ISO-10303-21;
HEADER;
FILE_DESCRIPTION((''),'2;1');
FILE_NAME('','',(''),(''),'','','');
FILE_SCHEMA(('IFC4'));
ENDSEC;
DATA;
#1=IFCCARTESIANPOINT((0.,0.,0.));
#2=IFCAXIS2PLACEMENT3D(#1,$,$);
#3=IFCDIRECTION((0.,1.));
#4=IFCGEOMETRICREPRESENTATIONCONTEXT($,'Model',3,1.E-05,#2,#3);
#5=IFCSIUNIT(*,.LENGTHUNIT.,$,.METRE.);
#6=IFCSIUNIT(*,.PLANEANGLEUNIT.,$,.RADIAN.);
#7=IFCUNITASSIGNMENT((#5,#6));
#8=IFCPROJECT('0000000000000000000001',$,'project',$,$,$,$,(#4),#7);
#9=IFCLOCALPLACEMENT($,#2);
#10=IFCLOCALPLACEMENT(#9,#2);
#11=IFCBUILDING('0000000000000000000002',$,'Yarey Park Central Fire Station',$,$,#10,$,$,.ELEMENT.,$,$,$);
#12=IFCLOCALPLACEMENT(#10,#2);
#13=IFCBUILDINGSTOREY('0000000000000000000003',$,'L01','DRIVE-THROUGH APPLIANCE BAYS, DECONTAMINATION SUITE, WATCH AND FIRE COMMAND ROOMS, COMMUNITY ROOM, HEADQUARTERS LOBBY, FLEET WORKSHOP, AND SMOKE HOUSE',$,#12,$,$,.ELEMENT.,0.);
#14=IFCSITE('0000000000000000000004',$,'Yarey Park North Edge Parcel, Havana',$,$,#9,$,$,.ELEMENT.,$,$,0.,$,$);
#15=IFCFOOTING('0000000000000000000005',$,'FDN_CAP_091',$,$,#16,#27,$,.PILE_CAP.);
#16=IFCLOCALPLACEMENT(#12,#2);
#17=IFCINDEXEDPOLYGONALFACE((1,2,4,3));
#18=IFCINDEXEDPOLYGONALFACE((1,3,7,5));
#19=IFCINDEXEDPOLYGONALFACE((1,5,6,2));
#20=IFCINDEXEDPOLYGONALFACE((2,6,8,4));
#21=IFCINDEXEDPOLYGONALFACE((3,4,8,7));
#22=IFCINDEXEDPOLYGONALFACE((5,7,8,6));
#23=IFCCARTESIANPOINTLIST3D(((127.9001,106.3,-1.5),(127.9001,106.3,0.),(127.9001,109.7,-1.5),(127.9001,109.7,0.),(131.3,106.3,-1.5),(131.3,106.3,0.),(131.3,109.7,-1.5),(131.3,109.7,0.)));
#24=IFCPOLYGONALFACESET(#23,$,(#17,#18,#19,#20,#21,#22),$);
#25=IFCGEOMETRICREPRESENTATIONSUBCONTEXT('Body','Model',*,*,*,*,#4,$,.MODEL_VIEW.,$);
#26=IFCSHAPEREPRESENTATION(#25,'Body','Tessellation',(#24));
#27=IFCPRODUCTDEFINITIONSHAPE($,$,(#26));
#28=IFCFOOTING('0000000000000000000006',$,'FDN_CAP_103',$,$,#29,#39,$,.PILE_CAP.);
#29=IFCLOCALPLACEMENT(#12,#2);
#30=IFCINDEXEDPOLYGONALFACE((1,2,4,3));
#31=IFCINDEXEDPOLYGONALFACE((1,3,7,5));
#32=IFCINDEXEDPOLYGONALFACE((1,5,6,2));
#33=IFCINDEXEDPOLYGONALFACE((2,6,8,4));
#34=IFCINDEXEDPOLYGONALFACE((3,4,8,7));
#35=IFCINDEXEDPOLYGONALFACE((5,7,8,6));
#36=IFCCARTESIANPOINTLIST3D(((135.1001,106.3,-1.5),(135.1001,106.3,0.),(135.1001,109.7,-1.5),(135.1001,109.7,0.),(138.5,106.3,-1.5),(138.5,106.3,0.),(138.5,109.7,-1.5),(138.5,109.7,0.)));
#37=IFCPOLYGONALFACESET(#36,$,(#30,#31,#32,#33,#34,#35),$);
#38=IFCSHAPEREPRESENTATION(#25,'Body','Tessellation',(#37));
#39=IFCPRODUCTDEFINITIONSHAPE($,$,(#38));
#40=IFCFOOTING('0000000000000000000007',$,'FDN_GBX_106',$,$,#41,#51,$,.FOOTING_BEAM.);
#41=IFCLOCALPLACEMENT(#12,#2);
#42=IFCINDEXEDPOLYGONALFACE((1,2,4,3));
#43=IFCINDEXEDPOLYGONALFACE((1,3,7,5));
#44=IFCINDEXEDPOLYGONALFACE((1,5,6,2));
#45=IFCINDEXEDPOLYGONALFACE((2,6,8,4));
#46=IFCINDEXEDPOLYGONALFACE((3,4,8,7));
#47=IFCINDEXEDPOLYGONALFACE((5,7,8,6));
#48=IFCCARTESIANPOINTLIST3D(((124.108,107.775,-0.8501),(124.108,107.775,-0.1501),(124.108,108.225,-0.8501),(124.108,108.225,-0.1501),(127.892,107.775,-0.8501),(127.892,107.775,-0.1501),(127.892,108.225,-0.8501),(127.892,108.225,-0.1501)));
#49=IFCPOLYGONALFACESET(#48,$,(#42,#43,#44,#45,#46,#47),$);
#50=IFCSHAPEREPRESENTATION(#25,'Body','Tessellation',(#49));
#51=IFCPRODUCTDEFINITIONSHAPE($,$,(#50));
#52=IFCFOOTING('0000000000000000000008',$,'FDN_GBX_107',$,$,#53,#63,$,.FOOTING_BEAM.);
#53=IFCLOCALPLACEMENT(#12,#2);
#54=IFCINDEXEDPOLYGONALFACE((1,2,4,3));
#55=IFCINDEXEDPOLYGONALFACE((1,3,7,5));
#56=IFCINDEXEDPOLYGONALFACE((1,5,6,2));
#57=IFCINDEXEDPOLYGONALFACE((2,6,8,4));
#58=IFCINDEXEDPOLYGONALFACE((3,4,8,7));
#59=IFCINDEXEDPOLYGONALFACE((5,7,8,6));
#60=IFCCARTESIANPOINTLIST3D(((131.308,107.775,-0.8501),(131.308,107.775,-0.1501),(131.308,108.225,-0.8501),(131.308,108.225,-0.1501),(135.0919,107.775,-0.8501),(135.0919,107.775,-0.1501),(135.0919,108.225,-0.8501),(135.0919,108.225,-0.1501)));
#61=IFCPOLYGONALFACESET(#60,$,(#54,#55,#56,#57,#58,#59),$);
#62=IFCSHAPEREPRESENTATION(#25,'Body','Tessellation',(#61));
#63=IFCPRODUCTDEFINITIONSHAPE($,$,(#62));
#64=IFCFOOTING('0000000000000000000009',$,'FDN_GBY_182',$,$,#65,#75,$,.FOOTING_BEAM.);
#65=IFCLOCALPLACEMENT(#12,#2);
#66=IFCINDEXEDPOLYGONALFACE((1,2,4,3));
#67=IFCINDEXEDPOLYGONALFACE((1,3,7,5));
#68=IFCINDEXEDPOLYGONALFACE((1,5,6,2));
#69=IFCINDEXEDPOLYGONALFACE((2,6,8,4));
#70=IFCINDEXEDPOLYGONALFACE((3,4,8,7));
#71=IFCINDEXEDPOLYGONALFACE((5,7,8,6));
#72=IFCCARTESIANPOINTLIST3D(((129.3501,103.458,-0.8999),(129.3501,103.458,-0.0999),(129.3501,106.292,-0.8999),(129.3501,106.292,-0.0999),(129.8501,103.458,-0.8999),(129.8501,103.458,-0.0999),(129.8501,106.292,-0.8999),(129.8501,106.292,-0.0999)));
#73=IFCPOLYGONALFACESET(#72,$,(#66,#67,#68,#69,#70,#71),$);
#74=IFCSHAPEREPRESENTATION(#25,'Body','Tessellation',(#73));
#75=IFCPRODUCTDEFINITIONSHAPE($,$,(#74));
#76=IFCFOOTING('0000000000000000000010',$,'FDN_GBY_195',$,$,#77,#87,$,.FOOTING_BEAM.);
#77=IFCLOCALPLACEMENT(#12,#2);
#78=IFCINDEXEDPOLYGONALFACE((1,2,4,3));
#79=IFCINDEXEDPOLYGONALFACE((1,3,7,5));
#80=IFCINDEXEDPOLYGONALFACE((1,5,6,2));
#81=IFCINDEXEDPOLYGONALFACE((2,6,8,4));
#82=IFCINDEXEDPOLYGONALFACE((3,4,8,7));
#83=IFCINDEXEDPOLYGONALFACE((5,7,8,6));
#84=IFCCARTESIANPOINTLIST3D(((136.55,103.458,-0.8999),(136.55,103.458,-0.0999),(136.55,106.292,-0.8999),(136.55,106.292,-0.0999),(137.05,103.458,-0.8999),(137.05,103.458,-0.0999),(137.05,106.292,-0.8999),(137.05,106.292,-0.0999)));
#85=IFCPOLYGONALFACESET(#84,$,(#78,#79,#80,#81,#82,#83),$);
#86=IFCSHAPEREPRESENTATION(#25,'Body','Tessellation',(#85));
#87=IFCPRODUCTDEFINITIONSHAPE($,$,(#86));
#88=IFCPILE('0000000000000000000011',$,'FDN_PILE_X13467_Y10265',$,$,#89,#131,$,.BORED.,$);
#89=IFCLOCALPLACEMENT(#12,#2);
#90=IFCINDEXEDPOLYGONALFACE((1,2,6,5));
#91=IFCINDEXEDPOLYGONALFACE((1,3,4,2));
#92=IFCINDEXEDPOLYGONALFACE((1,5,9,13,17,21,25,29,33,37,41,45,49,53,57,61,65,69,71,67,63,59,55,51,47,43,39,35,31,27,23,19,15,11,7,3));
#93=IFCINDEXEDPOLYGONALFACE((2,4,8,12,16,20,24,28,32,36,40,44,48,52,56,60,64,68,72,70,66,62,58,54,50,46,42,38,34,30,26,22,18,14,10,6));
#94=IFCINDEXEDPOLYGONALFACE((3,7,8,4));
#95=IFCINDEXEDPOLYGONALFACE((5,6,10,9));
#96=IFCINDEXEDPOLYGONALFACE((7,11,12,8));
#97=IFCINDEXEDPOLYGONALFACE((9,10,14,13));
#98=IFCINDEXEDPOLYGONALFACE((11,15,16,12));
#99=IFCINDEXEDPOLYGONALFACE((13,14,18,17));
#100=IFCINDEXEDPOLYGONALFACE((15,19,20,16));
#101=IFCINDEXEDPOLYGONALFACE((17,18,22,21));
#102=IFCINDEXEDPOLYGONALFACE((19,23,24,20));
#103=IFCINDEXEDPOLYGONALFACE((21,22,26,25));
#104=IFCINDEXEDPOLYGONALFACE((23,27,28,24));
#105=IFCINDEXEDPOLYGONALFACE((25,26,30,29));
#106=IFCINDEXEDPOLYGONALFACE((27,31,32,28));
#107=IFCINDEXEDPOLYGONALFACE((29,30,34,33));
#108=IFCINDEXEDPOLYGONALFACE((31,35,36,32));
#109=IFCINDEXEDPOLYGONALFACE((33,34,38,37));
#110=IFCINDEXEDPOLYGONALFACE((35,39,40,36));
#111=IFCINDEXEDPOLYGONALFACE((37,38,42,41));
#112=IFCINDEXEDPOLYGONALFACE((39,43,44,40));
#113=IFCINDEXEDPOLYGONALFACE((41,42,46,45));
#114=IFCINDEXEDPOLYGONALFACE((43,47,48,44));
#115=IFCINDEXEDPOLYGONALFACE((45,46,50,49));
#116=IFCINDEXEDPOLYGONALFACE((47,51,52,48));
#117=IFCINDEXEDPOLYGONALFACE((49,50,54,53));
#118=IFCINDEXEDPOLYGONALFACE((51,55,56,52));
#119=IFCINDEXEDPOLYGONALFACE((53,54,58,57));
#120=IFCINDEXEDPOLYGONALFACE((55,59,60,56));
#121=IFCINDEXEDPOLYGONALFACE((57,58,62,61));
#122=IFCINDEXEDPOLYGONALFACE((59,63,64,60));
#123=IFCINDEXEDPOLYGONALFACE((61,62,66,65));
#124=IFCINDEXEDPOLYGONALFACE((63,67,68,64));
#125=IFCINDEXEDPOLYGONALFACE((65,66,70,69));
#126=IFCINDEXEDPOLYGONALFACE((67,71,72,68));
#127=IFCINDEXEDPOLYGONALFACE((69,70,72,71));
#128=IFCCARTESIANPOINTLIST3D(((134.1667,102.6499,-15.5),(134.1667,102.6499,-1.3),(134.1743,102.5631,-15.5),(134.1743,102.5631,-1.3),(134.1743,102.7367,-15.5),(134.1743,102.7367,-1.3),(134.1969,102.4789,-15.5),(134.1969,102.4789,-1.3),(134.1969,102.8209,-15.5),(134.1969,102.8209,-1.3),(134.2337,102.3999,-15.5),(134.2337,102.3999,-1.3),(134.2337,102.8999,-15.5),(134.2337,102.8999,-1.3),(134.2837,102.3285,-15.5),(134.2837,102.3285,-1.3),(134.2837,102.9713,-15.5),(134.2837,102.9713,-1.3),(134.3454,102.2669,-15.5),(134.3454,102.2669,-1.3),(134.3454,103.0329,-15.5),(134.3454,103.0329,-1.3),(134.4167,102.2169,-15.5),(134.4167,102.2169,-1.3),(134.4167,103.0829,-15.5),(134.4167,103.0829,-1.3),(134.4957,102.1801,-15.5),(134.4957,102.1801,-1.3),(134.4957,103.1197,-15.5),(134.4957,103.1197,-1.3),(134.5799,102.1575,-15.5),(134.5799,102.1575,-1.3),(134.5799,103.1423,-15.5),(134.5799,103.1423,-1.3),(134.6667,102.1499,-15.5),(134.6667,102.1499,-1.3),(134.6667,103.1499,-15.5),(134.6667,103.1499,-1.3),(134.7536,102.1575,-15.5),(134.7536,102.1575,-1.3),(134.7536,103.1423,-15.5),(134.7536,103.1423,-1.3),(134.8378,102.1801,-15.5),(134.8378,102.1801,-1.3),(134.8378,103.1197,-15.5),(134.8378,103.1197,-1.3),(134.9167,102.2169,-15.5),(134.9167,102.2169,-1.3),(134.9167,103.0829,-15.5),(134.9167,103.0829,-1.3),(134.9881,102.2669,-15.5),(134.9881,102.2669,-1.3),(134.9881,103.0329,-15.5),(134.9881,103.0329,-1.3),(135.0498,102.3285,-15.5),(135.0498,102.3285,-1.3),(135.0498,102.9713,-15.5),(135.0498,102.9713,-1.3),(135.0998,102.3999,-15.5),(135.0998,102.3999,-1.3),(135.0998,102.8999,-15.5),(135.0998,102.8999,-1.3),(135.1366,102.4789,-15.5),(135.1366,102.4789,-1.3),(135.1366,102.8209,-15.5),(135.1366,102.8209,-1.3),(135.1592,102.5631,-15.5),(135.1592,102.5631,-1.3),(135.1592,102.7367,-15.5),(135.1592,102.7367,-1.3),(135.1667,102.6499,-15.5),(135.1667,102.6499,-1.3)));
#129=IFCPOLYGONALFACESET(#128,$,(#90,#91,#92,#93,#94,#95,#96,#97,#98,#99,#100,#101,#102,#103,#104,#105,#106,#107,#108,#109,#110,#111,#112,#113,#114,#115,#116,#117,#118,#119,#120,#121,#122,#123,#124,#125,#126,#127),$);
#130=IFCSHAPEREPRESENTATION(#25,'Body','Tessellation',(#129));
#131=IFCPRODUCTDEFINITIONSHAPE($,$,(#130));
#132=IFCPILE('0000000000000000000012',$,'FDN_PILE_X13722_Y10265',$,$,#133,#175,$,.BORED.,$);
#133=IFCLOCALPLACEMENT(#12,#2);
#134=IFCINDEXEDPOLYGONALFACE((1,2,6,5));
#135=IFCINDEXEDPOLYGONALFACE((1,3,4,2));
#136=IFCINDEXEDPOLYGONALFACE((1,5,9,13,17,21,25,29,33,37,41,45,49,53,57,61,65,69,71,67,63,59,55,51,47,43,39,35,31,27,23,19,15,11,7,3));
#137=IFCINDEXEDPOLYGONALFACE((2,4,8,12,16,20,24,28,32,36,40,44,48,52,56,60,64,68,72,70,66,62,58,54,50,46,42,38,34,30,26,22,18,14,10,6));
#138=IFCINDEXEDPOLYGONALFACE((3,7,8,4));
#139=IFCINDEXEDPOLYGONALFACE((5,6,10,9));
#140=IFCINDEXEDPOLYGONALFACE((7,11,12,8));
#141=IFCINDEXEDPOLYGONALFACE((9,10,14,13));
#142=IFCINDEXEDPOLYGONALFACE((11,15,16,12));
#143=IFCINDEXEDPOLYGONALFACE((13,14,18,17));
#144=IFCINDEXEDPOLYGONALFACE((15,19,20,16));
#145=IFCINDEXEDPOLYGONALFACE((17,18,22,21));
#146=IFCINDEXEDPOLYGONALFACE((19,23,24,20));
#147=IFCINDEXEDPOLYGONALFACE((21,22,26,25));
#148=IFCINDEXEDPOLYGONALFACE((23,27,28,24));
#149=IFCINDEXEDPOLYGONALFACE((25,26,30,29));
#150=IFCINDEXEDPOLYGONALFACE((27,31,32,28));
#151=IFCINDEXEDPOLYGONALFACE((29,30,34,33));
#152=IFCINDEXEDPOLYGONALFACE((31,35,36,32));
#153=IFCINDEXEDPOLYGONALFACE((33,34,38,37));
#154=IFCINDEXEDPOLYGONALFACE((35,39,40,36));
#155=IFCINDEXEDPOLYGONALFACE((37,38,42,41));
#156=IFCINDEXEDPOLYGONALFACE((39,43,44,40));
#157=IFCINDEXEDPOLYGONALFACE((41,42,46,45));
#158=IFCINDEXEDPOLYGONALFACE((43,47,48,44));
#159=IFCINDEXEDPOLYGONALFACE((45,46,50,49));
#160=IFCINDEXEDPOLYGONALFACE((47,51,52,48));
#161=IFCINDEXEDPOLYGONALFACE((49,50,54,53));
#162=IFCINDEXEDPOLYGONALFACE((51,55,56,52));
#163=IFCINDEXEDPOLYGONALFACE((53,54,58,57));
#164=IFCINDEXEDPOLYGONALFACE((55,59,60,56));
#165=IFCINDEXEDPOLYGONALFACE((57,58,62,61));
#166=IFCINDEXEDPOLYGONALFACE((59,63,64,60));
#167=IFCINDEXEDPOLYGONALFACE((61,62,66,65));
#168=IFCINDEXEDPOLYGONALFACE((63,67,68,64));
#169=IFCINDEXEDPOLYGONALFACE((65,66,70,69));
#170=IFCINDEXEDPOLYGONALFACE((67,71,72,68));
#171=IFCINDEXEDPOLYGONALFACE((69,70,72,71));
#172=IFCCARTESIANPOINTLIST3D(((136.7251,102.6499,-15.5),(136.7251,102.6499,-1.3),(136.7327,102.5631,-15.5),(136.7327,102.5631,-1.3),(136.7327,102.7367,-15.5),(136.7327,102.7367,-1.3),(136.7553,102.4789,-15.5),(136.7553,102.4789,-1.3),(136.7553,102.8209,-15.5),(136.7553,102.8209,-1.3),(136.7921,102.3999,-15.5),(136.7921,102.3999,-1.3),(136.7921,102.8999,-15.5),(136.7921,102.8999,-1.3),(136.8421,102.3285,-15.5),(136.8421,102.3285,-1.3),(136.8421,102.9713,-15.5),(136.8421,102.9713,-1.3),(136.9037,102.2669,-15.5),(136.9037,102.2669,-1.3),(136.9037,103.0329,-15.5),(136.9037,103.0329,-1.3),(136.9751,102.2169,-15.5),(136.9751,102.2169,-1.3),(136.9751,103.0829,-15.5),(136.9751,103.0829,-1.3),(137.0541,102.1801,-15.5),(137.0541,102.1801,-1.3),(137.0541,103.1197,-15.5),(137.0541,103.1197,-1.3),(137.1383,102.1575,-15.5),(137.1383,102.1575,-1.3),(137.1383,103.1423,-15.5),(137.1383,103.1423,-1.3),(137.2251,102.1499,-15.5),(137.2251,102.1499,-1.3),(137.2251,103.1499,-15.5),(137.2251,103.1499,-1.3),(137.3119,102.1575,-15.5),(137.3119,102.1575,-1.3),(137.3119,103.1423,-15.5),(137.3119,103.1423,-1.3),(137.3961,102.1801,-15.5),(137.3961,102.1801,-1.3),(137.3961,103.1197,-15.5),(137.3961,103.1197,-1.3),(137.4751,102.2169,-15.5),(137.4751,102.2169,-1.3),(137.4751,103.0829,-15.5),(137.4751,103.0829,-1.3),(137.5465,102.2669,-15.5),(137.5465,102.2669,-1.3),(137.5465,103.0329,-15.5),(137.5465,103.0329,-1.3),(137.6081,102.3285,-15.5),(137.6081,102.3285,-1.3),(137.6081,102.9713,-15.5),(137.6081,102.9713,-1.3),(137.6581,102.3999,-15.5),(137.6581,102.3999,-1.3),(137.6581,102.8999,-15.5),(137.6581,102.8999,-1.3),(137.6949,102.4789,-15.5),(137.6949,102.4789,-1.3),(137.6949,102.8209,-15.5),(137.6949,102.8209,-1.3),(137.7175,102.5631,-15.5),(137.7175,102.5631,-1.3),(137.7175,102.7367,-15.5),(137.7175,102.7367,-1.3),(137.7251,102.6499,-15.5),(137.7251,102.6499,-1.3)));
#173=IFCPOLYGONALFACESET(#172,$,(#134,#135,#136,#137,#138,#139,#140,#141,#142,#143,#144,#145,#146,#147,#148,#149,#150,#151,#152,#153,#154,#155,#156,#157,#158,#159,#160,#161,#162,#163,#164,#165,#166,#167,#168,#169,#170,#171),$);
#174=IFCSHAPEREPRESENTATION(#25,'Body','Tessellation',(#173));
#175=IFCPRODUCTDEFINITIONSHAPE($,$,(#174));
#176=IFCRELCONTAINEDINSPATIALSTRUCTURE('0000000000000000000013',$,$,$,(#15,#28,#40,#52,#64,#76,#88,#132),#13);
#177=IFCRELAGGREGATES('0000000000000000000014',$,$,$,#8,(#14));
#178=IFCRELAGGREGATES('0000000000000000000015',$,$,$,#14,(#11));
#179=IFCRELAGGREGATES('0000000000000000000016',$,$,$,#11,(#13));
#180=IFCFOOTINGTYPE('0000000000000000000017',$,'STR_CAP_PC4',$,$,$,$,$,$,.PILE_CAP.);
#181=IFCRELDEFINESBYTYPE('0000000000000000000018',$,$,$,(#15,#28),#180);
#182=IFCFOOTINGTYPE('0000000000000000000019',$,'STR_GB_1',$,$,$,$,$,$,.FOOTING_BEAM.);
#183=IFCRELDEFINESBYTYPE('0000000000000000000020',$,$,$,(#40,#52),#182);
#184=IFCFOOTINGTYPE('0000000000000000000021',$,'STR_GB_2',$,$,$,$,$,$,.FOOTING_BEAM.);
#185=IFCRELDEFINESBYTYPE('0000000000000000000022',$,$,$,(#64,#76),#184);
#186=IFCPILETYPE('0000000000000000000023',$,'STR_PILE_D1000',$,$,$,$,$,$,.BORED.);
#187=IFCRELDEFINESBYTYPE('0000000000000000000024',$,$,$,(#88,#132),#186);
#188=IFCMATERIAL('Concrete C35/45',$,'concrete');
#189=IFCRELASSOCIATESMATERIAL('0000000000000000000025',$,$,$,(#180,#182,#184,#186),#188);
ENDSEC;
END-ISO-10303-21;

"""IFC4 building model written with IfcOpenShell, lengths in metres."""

from ifc_helpers import new_model, si_unit, direction, frame, origin, origin_2d, place, context, subcontext, project, spatial, rectangle, circle, extrude, material, material_profile, profile_set, type_object, element, save


model = new_model("IFC4")

# Units and contexts
model_context = context("Model", 3, precision=1e-05, world=origin(), true_north=direction((0.0, 1.0)))
body_context = subcontext(model_context, "Body", "Model", "MODEL_VIEW")
ifc_project = project(units=[si_unit("LENGTHUNIT", "METRE"), si_unit("PLANEANGLEUNIT", "RADIAN")], contexts=[model_context])

# Site, building, storey
site_placement = place(None, origin())
site = spatial("IfcSite", under=ifc_project, at=site_placement, Name="Yarey Park North Edge Parcel, Havana", CompositionType="ELEMENT", RefElevation=0.0)
building_placement = place(site_placement, origin())
building = spatial("IfcBuilding", under=site, at=building_placement, Name="Yarey Park Central Fire Station", CompositionType="ELEMENT")
storey_placement = place(building_placement, origin())
storey = spatial("IfcBuildingStorey", under=building, at=storey_placement, Name="L01", Description="DRIVE-THROUGH APPLIANCE BAYS, DECONTAMINATION SUITE, WATCH AND FIRE COMMAND ROOMS, COMMUNITY ROOM, HEADQUARTERS LOBBY, FLEET WORKSHOP, AND SMOKE HOUSE", CompositionType="ELEMENT", Elevation=0.0)

# Footings
ifc_material_1 = material(Name="Concrete C35/45", Category="concrete")
footing_type_1 = type_object("IfcFootingType", Name="STR_CAP_PC4", PredefinedType="PILE_CAP", material=ifc_material_1)
for number, where, z_axis, x_axis, name in (
    (1, (129.6001, 108.0, -1.5), (0.0, 0.0, 1.0), (1.0, 0.0, 0.0), "FDN_CAP_091"),
    (2, (136.8, 108.0, -1.5), (0.0, 0.0, 1.0), (1.0, 0.0, 0.0), "FDN_CAP_103"),
):
    element("IfcFooting", number, at=place(storey_placement, frame(where, z_axis=z_axis, x_axis=x_axis)), inside=storey, type_object=footing_type_1, Name=name, PredefinedType="PILE_CAP", context=body_context, shape_type="SweptSolid", body=[
        extrude(rectangle(XDim=3.3999, YDim=3.3999, at=origin_2d()), origin(), (0.0, 0.0, 1.0), 1.5),
    ])
footing_type_2 = type_object("IfcFootingType", Name="STR_GB_1", PredefinedType="FOOTING_BEAM", material=ifc_material_1)
for number, where, z_axis, x_axis, name in (
    (3, (126.0, 108.0, -0.8501), (0.0, 0.0, 1.0), (1.0, 0.0, 0.0), "FDN_GBX_106"),
    (4, (133.2, 108.0, -0.8501), (0.0, 0.0, 1.0), (1.0, 0.0, 0.0), "FDN_GBX_107"),
):
    element("IfcFooting", number, at=place(storey_placement, frame(where, z_axis=z_axis, x_axis=x_axis)), inside=storey, type_object=footing_type_2, Name=name, PredefinedType="FOOTING_BEAM", context=body_context, shape_type="SweptSolid", body=[
        extrude(rectangle(XDim=3.7839, YDim=0.45, at=origin_2d()), origin(), (0.0, 0.0, 1.0), 0.7),
    ])
footing_type_3 = type_object("IfcFootingType", Name="STR_GB_2", PredefinedType="FOOTING_BEAM", material=ifc_material_1)
for number, where, z_axis, x_axis, name in (
    (5, (129.6001, 104.875, -0.8999), (0.0, 0.0, 1.0), (1.0, 0.0, 0.0), "FDN_GBY_182"),
    (6, (136.8, 104.875, -0.8999), (0.0, 0.0, 1.0), (1.0, 0.0, 0.0), "FDN_GBY_195"),
):
    element("IfcFooting", number, at=place(storey_placement, frame(where, z_axis=z_axis, x_axis=x_axis)), inside=storey, type_object=footing_type_3, Name=name, PredefinedType="FOOTING_BEAM", context=body_context, shape_type="SweptSolid", body=[
        extrude(rectangle(XDim=0.5, YDim=2.834, at=origin_2d()), origin(), (0.0, 0.0, 1.0), 0.8),
    ])

# Piles
ifc_material_profile_1 = material_profile(ifc_material_1, circle(Radius=0.5, at=origin_2d()), Name="BORED PILE D1000")
ifc_profile_set_1 = profile_set([ifc_material_profile_1], Name="Concrete C35/45")
pile_type_1 = type_object("IfcPileType", Name="STR_PILE_D1000", PredefinedType="BORED", material=ifc_profile_set_1)
for number, where, z_axis, x_axis, name in (
    (7, (134.6667, 102.6499, -1.3), (0.0, 0.0, -1.0), (1.0, 0.0, 0.0), "FDN_PILE_X13467_Y10265"),
    (8, (137.2251, 102.6499, -1.3), (0.0, 0.0, -1.0), (1.0, 0.0, 0.0), "FDN_PILE_X13722_Y10265"),
):
    element("IfcPile", number, at=place(storey_placement, frame(where, z_axis=z_axis, x_axis=x_axis)), inside=storey, type_object=pile_type_1, Name=name, PredefinedType="BORED", context=body_context, shape_type="SweptSolid", body=[
        extrude(circle(Radius=0.5, at=origin_2d()), origin(), (0.0, 0.0, 1.0), 14.2),
    ])

save(model, "model.ifc")
